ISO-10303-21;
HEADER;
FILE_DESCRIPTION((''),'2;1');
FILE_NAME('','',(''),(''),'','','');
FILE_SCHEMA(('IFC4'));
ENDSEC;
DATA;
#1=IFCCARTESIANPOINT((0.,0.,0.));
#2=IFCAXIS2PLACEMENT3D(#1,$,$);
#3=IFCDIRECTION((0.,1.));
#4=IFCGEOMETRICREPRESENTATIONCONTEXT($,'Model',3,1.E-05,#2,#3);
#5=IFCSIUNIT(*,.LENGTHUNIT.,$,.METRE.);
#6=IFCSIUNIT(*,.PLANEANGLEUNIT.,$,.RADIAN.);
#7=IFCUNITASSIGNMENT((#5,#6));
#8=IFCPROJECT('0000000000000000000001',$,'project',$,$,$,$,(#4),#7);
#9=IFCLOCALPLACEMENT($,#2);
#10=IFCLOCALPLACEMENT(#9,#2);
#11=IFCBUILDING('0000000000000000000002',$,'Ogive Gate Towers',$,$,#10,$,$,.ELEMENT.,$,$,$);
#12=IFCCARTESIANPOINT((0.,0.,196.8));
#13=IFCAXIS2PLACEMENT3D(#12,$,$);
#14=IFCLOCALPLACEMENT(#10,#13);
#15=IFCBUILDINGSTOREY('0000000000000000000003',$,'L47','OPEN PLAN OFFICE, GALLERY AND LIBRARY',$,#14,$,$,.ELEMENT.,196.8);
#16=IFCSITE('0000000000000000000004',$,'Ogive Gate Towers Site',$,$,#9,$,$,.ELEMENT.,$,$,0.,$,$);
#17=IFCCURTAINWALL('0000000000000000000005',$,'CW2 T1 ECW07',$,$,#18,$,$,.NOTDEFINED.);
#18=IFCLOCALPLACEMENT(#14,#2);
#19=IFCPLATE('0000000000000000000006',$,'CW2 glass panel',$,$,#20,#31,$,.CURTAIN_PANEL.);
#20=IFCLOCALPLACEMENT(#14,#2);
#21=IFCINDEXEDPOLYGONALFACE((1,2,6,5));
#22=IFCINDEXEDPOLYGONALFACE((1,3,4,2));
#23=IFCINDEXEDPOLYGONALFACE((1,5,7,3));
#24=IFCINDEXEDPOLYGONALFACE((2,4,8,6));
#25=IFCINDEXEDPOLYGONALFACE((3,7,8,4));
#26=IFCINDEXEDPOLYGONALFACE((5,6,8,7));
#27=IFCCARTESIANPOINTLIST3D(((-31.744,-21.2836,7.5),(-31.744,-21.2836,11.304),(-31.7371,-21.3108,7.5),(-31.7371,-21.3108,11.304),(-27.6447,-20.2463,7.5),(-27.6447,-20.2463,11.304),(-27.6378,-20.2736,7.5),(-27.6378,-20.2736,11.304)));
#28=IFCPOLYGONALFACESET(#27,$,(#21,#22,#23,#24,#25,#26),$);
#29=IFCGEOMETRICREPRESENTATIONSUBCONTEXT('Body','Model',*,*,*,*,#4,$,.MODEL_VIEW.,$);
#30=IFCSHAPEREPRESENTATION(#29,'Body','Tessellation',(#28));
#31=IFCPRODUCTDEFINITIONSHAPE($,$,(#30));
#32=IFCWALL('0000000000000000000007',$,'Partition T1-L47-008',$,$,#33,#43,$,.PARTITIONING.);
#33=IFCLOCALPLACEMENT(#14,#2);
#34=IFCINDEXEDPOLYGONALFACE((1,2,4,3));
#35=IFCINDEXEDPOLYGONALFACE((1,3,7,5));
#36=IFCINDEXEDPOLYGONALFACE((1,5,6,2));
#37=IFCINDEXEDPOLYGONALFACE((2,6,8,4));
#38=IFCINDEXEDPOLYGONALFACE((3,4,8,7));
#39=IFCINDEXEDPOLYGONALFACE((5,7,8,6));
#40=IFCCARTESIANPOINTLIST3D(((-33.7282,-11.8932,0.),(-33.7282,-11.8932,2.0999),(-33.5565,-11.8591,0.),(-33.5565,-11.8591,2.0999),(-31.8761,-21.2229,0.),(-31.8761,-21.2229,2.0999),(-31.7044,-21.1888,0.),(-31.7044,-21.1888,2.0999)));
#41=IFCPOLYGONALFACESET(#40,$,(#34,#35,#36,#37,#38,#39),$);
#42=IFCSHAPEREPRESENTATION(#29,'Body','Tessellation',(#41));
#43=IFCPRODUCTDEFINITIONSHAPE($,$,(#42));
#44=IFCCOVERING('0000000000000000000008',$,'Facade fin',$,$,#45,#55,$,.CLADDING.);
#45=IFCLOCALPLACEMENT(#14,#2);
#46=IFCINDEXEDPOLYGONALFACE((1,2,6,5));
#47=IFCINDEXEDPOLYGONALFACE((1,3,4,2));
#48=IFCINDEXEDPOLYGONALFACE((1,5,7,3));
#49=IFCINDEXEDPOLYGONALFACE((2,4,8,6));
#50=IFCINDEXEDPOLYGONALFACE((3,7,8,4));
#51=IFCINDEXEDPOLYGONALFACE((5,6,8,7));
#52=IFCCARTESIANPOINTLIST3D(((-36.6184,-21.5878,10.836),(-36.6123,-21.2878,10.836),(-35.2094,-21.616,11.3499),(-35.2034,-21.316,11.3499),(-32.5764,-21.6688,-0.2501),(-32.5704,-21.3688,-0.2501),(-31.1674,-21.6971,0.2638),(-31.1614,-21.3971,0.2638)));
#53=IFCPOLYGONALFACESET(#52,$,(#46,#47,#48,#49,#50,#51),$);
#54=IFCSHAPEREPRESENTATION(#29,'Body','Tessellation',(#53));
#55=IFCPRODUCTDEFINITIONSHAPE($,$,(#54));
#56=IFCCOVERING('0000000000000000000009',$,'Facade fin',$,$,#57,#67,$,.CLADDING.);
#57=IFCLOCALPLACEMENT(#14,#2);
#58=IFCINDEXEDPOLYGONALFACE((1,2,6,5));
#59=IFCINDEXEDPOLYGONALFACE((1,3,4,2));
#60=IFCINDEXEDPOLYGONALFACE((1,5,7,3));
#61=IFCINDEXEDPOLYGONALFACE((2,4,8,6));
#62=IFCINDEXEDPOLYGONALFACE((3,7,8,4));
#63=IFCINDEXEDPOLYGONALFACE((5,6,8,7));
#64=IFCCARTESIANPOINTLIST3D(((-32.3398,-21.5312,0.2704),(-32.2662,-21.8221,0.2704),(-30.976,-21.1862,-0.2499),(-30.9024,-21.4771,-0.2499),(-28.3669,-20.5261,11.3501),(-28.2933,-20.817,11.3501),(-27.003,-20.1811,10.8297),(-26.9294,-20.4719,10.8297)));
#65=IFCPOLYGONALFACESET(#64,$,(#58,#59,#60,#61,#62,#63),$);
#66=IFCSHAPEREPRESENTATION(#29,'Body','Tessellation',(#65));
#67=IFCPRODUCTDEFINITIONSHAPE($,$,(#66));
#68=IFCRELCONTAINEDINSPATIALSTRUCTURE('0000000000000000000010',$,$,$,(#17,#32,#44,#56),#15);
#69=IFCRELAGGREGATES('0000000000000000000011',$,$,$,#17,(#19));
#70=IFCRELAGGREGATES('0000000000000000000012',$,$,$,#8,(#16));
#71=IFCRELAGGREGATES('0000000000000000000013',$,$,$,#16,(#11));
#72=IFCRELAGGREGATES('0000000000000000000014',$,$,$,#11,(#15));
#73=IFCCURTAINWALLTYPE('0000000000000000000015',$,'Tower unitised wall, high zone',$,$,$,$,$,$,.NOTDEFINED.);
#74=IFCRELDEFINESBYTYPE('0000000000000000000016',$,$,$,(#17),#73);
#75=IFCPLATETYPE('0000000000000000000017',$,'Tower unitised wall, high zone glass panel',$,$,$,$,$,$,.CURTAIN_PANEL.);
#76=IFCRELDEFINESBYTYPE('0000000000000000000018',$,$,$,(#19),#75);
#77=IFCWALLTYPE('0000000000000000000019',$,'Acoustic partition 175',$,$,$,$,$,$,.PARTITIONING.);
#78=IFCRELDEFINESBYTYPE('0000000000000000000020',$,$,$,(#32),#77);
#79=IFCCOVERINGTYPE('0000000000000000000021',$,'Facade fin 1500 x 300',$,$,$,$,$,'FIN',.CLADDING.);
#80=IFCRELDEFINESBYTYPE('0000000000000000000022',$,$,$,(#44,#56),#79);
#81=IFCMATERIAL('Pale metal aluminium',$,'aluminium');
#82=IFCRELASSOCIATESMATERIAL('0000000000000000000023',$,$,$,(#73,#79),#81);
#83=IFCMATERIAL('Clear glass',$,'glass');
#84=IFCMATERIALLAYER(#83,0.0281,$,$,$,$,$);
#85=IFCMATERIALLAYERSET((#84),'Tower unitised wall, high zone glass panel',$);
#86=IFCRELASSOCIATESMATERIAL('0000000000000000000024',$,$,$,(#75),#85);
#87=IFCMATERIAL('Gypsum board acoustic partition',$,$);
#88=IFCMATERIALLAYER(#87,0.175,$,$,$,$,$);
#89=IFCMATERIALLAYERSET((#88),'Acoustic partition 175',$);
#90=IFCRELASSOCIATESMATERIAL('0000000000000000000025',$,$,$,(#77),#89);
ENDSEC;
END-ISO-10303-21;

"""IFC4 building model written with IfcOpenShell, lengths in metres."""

from ifc_helpers import new_model, si_unit, direction, frame, frame_2d, origin, origin_2d, place, context, subcontext, project, spatial, rectangle, extrude, material, layer, layer_set, material_profile, profile_set, type_object, element, aggregate, save


model = new_model("IFC4")

# Units and contexts
model_context = context("Model", 3, precision=1e-05, world=origin(), true_north=direction((0.0, 1.0)))
body_context = subcontext(model_context, "Body", "Model", "MODEL_VIEW")
ifc_project = project(units=[si_unit("LENGTHUNIT", "METRE"), si_unit("PLANEANGLEUNIT", "RADIAN")], contexts=[model_context])

# Site, building, storey
site_placement = place(None, origin())
site = spatial("IfcSite", under=ifc_project, at=site_placement, Name="Ogive Gate Towers Site", CompositionType="ELEMENT", RefElevation=0.0)
building_placement = place(site_placement, origin())
building = spatial("IfcBuilding", under=site, at=building_placement, Name="Ogive Gate Towers", CompositionType="ELEMENT")
storey_placement = place(building_placement, frame((0.0, 0.0, 196.8)))
storey = spatial("IfcBuildingStorey", under=building, at=storey_placement, Name="L47", Description="OPEN PLAN OFFICE, GALLERY AND LIBRARY", CompositionType="ELEMENT", Elevation=196.8)

# Shared definitions
ifc_material_1 = material(Name="Pale metal aluminium", Category="aluminium")
curtain_wall_type = type_object("IfcCurtainWallType", Name="Tower unitised wall, high zone", PredefinedType="NOTDEFINED", material=ifc_material_1)

# Curtain wall
curtain_wall_1_placement = place(storey_placement, origin())
curtain_wall_1 = element("IfcCurtainWall", 1, at=curtain_wall_1_placement, inside=storey, type_object=curtain_wall_type, Name="CW2 T1 ECW07", PredefinedType="NOTDEFINED")

# Plate
ifc_material_2 = material(Name="Clear glass", Category="glass")
ifc_layer_1 = layer(ifc_material_2, 0.0281)
ifc_layer_set_1 = layer_set([ifc_layer_1], Name="Tower unitised wall, high zone glass panel")
plate_type = type_object("IfcPlateType", Name="Tower unitised wall, high zone glass panel", PredefinedType="CURTAIN_PANEL", material=ifc_layer_set_1)
plate_1_placement = place(storey_placement, frame((-29.6909, -20.7786, 7.5), z_axis=(0.0, 0.0, 1.0), x_axis=(0.96945, 0.24529, 0.0)))
plate_1 = element("IfcPlate", 2, at=plate_1_placement, type_object=plate_type, Name="CW2 glass panel", PredefinedType="CURTAIN_PANEL", context=body_context, shape_type="SweptSolid", body=[
    extrude(rectangle(XDim=4.2285, YDim=0.0281, at=origin_2d()), origin(), (0.0, 0.0, 1.0), 3.804),
])
aggregate(curtain_wall_1, [plate_1])

# Wall
ifc_material_3 = material(Name="Gypsum board acoustic partition")
ifc_layer_2 = layer(ifc_material_3, 0.175)
ifc_layer_set_2 = layer_set([ifc_layer_2], Name="Acoustic partition 175")
wall_type = type_object("IfcWallType", Name="Acoustic partition 175", PredefinedType="PARTITIONING", material=ifc_layer_set_2)
wall_placement = place(storey_placement, frame((-31.7903, -21.2058, 0.0), z_axis=(0.0, 0.0, 1.0), x_axis=(-0.194714, 0.98086, 0.0)))
element("IfcWall", 3, at=wall_placement, inside=storey, type_object=wall_type, Name="Partition T1-L47-008", PredefinedType="PARTITIONING", context=body_context, shape_type="SweptSolid", body=[
    extrude(rectangle(XDim=9.5117, YDim=0.175, at=frame_2d((4.7559, 0.0))), origin(), (0.0, 0.0, 1.0), 2.0999),
])

# Coverings
ifc_material_profile_1 = material_profile(ifc_material_1, rectangle(XDim=0.3, YDim=1.5, at=origin_2d()), Name="1500 x 300 pale metal aluminium")
ifc_profile_set_1 = profile_set([ifc_material_profile_1], Name="Pale metal aluminium")
covering_type = type_object("IfcCoveringType", Name="Facade fin 1500 x 300", ElementType="FIN", PredefinedType="CLADDING", material=ifc_profile_set_1)
covering_1_placement = place(storey_placement, frame((-31.8689, -21.533, 0.0068), z_axis=(-0.342532, 0.006869, 0.939481), x_axis=(-0.020049, -0.999799, 0.0)))
element("IfcCovering", 4, at=covering_1_placement, inside=storey, type_object=covering_type, Name="Facade fin", PredefinedType="CLADDING", context=body_context, shape_type="SweptSolid", body=[
    extrude(rectangle(XDim=0.3, YDim=1.5, at=origin_2d()), origin(), (0.0, 0.0, 1.0), 11.8003),
])
covering_2_placement = place(storey_placement, frame((-31.6211, -21.5042, 0.0103), z_axis=(0.33631, 0.085085, 0.9379), x_axis=(-0.245268, 0.969455, 0.0)))
element("IfcCovering", 5, at=covering_2_placement, inside=storey, type_object=covering_type, Name="Facade fin", PredefinedType="CLADDING", context=body_context, shape_type="SweptSolid", body=[
    extrude(rectangle(XDim=0.3, YDim=1.5, at=origin_2d()), origin(), (0.0, 0.0, 1.0), 11.8132),
])

save(model, "model.ifc")
